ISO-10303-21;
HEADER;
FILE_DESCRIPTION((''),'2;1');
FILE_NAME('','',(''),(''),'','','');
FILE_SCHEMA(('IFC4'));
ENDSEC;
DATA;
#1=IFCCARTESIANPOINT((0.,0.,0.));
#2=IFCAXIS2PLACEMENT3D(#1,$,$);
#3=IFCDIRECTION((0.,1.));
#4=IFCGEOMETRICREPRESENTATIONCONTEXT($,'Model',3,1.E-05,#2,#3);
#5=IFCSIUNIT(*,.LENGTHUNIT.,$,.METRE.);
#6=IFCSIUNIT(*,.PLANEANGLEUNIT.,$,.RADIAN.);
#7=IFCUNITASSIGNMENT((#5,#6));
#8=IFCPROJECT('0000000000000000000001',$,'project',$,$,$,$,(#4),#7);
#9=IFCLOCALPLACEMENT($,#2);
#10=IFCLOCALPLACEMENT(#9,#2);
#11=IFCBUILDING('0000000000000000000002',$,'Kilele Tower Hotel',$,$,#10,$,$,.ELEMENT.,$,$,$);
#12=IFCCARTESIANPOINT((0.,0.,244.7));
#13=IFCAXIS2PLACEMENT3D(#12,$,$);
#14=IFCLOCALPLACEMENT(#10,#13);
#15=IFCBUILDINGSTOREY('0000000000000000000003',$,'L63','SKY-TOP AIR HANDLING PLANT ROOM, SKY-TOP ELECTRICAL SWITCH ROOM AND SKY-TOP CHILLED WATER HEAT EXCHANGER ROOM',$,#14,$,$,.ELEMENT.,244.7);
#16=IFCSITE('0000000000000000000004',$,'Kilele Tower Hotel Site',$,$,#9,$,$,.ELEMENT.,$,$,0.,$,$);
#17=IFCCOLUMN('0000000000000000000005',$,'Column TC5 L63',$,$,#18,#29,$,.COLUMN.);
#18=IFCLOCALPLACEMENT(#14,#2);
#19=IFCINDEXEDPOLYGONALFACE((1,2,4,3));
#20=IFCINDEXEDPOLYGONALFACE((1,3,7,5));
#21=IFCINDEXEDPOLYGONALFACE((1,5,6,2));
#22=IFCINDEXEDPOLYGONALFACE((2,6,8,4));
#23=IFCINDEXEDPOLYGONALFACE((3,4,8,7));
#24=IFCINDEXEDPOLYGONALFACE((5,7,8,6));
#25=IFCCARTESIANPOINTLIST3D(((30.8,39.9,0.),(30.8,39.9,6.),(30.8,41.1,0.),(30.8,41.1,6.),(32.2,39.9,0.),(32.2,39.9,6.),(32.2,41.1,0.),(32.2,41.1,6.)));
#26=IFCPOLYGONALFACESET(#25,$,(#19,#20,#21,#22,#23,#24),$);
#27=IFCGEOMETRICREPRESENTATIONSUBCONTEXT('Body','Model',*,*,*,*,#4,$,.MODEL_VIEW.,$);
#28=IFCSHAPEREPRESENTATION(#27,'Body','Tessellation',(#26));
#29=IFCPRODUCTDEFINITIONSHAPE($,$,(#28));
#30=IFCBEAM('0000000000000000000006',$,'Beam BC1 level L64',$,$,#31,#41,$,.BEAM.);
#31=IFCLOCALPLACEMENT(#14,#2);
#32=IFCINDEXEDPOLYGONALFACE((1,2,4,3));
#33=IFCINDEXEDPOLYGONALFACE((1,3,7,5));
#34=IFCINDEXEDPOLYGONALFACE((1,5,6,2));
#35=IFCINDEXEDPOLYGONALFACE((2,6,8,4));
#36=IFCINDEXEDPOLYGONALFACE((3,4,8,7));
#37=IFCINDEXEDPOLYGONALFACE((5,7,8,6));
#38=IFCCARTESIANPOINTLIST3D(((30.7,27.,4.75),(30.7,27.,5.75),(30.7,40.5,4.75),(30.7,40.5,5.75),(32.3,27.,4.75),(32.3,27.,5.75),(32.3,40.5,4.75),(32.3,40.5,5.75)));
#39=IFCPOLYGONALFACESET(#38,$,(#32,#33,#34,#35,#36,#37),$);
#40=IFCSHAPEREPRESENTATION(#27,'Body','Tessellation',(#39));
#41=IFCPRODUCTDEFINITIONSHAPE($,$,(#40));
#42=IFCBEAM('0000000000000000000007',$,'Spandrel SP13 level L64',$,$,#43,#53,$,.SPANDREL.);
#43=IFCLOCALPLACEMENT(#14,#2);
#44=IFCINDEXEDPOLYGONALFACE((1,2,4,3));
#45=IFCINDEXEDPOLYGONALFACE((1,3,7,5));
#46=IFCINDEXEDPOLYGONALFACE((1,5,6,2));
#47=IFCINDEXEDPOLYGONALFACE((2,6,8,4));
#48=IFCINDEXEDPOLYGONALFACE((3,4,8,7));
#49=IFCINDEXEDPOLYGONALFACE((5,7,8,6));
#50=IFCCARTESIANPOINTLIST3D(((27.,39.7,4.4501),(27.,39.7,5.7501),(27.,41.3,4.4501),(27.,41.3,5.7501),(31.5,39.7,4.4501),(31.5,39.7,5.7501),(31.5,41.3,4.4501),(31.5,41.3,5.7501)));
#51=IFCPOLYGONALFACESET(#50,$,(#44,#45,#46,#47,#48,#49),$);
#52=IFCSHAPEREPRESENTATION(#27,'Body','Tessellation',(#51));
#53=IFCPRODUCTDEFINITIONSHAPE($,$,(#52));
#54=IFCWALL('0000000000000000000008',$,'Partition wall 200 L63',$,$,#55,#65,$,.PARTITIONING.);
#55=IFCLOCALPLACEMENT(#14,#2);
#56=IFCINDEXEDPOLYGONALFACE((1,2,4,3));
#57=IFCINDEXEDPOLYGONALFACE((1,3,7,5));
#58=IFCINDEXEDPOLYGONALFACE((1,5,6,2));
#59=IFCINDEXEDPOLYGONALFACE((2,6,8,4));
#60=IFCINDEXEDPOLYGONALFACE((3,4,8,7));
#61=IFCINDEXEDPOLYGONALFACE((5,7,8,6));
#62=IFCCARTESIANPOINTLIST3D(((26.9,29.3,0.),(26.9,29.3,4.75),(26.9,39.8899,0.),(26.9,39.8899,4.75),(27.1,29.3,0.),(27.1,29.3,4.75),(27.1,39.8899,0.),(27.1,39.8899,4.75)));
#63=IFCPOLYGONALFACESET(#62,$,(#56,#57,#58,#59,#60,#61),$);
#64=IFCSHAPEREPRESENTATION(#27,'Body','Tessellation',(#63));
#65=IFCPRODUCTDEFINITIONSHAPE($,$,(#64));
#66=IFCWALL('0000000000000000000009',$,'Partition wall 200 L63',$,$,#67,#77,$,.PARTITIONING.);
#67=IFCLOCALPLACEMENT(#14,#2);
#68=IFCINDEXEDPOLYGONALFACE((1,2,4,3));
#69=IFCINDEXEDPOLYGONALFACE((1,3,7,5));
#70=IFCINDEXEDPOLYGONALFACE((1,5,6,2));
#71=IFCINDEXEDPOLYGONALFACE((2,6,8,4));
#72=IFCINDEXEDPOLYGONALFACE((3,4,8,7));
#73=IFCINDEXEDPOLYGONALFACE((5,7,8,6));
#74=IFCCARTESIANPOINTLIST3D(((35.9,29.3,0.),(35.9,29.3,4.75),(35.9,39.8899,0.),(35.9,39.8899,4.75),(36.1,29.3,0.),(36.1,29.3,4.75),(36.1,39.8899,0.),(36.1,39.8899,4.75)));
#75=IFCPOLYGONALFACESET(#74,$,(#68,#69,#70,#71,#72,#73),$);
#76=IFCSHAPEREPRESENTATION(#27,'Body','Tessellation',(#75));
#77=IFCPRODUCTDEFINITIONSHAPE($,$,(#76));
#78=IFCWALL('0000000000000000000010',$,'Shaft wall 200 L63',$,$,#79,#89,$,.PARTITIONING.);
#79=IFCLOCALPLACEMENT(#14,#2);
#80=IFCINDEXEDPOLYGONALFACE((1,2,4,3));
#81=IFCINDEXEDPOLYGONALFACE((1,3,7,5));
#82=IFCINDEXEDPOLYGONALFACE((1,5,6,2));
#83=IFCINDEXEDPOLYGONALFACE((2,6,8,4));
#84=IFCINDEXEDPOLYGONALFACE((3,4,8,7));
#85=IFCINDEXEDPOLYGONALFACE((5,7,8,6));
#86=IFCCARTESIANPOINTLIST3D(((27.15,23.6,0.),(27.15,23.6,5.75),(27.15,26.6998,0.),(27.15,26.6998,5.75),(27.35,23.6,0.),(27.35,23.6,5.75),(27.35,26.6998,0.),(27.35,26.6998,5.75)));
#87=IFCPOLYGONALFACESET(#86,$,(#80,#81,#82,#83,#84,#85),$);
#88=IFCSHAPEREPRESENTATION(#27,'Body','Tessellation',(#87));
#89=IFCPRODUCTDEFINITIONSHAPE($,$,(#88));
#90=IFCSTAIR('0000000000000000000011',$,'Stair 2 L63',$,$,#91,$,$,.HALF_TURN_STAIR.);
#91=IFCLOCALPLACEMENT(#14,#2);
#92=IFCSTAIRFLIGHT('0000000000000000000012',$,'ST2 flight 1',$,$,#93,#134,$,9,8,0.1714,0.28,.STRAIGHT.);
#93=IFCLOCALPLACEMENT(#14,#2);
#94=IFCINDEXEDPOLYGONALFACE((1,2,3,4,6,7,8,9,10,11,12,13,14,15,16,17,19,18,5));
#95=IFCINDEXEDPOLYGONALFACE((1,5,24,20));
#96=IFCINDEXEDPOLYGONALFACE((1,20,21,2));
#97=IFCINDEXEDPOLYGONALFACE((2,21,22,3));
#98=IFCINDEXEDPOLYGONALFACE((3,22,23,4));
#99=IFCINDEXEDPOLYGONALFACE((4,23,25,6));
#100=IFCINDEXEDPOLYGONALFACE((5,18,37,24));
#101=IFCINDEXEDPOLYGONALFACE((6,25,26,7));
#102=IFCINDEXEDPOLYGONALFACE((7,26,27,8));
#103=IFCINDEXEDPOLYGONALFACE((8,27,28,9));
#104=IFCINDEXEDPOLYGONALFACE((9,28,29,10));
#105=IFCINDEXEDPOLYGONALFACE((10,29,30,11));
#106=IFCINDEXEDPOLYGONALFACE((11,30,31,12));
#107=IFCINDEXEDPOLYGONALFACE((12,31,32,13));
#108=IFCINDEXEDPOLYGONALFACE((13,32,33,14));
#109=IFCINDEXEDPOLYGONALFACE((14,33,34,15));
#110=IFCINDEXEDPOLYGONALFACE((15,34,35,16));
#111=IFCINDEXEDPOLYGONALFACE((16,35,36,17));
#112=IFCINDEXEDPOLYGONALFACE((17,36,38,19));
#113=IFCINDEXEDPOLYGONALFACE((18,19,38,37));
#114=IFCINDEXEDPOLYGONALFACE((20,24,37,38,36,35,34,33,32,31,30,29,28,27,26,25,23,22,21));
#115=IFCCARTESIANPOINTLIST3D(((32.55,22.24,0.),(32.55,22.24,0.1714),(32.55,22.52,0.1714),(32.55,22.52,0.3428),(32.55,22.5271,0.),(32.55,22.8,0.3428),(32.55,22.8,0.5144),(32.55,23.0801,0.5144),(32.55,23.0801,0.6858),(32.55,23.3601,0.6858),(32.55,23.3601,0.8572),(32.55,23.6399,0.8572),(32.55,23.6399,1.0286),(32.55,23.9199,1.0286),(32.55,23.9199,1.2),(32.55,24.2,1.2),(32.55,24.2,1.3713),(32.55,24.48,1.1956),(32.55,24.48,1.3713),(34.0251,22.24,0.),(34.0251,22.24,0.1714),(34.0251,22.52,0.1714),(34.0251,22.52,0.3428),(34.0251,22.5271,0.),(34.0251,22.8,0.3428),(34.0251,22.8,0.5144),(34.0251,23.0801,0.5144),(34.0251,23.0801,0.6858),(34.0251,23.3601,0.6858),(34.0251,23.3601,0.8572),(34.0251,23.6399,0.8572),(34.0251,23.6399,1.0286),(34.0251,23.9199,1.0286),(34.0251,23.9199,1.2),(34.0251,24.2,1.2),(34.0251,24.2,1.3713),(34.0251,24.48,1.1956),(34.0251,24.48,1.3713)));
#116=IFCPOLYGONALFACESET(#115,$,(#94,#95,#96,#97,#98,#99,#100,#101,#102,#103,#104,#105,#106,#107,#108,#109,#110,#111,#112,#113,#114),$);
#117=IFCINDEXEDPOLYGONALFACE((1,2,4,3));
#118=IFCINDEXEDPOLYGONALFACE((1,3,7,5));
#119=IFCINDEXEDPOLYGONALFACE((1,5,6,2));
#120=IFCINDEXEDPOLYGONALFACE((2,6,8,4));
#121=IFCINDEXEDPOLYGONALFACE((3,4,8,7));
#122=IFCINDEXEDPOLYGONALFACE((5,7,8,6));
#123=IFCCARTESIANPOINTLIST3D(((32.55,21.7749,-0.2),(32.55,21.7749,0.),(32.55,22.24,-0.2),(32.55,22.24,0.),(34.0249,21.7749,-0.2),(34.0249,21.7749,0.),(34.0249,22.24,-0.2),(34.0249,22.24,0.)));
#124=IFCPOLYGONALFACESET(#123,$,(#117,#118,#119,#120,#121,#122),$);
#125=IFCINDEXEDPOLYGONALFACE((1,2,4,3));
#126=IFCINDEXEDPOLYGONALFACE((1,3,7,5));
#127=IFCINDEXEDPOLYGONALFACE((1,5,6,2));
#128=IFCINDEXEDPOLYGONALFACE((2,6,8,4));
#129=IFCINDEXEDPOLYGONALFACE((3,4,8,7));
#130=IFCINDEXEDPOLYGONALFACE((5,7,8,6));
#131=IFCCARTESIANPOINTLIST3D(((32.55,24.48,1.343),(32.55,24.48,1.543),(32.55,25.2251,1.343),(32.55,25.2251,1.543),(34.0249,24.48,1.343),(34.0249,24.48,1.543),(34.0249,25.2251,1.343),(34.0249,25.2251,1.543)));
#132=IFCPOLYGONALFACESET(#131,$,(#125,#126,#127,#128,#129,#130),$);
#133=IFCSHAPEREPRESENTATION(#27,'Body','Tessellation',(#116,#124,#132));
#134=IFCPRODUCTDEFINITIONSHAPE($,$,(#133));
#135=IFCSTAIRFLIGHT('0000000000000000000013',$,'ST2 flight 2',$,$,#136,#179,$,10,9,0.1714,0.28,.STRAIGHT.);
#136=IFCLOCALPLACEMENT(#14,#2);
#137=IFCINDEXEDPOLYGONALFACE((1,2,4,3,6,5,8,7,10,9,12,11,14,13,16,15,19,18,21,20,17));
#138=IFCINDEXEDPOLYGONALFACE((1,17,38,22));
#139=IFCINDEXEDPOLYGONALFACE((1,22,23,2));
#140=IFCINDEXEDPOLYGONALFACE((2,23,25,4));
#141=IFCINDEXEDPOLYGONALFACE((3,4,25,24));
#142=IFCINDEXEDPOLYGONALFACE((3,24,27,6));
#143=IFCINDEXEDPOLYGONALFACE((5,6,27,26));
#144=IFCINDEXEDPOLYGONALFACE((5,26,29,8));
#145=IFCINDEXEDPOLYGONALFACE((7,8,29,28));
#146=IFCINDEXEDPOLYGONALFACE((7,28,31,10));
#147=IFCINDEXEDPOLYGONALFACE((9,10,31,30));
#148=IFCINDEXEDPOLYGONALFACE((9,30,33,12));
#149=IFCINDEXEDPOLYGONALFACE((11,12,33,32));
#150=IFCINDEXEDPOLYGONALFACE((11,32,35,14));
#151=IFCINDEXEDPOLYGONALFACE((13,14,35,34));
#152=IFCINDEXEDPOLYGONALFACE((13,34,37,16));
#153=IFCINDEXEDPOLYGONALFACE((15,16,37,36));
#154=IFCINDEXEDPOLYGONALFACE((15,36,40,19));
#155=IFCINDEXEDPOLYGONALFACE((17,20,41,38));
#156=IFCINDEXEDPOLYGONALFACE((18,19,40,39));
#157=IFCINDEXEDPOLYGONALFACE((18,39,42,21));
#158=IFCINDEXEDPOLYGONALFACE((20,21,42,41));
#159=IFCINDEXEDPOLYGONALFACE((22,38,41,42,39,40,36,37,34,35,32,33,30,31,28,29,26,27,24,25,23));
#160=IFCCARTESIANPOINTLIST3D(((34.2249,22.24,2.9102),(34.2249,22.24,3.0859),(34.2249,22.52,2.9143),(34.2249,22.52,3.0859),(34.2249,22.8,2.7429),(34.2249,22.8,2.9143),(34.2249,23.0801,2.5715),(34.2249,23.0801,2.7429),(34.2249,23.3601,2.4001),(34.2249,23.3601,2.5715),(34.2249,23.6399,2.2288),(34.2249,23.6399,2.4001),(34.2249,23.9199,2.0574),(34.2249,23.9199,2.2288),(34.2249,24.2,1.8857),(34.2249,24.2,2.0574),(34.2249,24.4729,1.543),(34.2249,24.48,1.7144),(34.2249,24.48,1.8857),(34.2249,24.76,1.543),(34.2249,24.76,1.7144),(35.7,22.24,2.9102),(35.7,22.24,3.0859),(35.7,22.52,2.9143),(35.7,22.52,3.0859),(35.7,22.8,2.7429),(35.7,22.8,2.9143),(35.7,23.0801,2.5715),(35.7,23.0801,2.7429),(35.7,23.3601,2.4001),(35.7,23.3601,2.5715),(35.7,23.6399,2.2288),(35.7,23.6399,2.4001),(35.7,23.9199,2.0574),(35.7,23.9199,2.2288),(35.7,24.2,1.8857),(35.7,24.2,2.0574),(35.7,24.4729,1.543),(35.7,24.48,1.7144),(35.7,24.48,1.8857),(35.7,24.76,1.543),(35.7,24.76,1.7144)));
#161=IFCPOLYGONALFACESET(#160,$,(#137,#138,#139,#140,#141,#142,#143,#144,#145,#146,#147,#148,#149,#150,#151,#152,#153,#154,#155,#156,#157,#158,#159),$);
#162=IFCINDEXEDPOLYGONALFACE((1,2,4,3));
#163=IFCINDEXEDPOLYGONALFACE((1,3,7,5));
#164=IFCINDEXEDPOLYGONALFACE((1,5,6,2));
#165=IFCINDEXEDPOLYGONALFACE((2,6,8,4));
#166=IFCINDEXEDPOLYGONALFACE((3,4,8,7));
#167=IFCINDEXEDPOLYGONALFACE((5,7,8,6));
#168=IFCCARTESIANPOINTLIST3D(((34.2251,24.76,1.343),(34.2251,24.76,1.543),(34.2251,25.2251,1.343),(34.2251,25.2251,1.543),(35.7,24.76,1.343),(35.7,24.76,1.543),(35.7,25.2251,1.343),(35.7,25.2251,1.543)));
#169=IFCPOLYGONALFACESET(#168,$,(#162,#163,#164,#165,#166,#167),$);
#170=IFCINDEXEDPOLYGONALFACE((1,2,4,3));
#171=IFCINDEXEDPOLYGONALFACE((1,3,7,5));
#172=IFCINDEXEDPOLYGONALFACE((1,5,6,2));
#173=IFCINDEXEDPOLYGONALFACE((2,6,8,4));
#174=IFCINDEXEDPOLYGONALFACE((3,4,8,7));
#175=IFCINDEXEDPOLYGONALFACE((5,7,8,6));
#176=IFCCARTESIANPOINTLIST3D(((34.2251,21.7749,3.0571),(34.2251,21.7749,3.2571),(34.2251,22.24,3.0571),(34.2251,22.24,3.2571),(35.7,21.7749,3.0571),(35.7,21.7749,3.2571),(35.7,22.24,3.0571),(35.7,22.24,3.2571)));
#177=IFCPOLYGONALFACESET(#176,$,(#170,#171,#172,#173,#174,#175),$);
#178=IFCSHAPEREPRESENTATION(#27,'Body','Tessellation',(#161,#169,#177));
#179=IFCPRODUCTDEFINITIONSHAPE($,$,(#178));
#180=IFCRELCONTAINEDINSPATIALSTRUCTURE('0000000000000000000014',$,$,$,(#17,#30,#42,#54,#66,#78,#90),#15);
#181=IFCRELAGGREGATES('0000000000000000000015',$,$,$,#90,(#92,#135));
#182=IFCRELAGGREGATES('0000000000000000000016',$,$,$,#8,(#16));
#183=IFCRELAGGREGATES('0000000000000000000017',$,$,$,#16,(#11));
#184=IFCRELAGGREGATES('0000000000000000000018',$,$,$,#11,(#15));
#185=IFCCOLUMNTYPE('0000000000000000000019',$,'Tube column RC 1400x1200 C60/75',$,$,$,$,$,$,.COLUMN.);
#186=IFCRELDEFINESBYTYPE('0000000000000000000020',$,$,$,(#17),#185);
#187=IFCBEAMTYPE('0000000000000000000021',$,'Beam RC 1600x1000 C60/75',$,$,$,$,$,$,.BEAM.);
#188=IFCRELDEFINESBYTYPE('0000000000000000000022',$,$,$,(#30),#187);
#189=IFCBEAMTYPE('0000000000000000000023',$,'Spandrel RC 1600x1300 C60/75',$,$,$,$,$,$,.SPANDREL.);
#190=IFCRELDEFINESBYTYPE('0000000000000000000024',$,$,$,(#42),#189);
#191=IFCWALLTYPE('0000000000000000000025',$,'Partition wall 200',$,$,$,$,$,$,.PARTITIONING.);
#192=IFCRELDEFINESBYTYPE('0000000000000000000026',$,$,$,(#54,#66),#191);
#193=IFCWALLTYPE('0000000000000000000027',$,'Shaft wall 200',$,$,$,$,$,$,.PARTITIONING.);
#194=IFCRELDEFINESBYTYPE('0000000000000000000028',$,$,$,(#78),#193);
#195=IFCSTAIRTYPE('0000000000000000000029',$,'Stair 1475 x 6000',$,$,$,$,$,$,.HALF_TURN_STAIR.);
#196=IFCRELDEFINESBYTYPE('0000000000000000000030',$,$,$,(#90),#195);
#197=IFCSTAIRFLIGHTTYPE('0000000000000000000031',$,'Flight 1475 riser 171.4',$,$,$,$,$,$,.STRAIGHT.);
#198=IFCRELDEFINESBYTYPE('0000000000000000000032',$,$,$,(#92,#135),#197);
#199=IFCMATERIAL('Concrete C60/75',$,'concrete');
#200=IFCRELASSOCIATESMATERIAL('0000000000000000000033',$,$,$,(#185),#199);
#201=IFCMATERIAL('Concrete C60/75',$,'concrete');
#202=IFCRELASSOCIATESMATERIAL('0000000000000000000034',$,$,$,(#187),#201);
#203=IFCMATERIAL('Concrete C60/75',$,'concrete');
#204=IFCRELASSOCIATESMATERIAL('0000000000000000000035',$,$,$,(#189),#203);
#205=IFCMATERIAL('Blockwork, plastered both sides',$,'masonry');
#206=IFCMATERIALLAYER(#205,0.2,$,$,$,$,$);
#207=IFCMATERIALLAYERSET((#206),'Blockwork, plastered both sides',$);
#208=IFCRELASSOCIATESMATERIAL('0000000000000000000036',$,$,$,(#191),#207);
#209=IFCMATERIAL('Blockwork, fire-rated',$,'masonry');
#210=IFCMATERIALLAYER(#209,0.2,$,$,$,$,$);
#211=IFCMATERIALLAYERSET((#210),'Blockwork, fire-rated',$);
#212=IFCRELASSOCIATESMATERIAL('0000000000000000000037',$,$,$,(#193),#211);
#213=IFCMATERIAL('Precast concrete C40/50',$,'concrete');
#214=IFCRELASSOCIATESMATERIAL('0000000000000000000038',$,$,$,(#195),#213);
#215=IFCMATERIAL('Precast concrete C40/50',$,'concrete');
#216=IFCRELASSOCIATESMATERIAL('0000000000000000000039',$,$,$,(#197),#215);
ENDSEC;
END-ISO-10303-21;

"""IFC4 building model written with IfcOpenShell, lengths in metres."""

from ifc_helpers import new_model, si_unit, direction, frame, frame_2d, origin, origin_2d, place, context, subcontext, project, spatial, polyline, rectangle, outline, extrude, material, layer, layer_set, material_profile, profile_set, type_object, element, aggregate, save


model = new_model("IFC4")

# Units and contexts
model_context = context("Model", 3, precision=1e-05, world=origin(), true_north=direction((0.0, 1.0)))
body_context = subcontext(model_context, "Body", "Model", "MODEL_VIEW")
ifc_project = project(units=[si_unit("LENGTHUNIT", "METRE"), si_unit("PLANEANGLEUNIT", "RADIAN")], contexts=[model_context])

# Site, building, storey
site_placement = place(None, origin())
site = spatial("IfcSite", under=ifc_project, at=site_placement, Name="Kilele Tower Hotel Site", CompositionType="ELEMENT", RefElevation=0.0)
building_placement = place(site_placement, origin())
building = spatial("IfcBuilding", under=site, at=building_placement, Name="Kilele Tower Hotel", CompositionType="ELEMENT")
storey_placement = place(building_placement, frame((0.0, 0.0, 244.7)))
storey = spatial("IfcBuildingStorey", under=building, at=storey_placement, Name="L63", Description="SKY-TOP AIR HANDLING PLANT ROOM, SKY-TOP ELECTRICAL SWITCH ROOM AND SKY-TOP CHILLED WATER HEAT EXCHANGER ROOM", CompositionType="ELEMENT", Elevation=244.7)

# Column
ifc_material_1 = material(Name="Concrete C60/75", Category="concrete")
ifc_material_profile_1 = material_profile(ifc_material_1, rectangle(XDim=1.3999, YDim=1.2, at=origin_2d()))
ifc_profile_set_1 = profile_set([ifc_material_profile_1], Name="Concrete C60/75")
column_type = type_object("IfcColumnType", Name="Tube column RC 1400x1200 C60/75", PredefinedType="COLUMN", material=ifc_profile_set_1)
column_placement = place(storey_placement, frame((31.5, 40.5, 0.0), z_axis=(0.0, 0.0, 1.0), x_axis=(1.0, 0.0, 0.0)))
element("IfcColumn", 1, at=column_placement, inside=storey, type_object=column_type, Name="Column TC5 L63", PredefinedType="COLUMN", context=body_context, shape_type="SweptSolid", body=[
    extrude(rectangle(XDim=1.3999, YDim=1.2, at=origin_2d()), origin(), (0.0, 0.0, 1.0), 6.0),
])

# Beams
ifc_material_2 = material(Name="Concrete C60/75", Category="concrete")
ifc_material_profile_2 = material_profile(ifc_material_2, rectangle(XDim=1.6001, YDim=1.0, at=origin_2d()))
ifc_profile_set_2 = profile_set([ifc_material_profile_2], Name="Concrete C60/75")
beam_type_1 = type_object("IfcBeamType", Name="Beam RC 1600x1000 C60/75", PredefinedType="BEAM", material=ifc_profile_set_2)
beam_1_placement = place(storey_placement, frame((31.5, 40.5, 5.25), z_axis=(0.0, -1.0, 0.0), x_axis=(1.0, 0.0, 0.0)))
element("IfcBeam", 2, at=beam_1_placement, inside=storey, type_object=beam_type_1, Name="Beam BC1 level L64", PredefinedType="BEAM", context=body_context, shape_type="SweptSolid", body=[
    extrude(rectangle(XDim=1.6001, YDim=1.0, at=origin_2d()), origin(), (0.0, 0.0, 1.0), 13.5),
])
ifc_material_3 = material(Name="Concrete C60/75", Category="concrete")
ifc_material_profile_3 = material_profile(ifc_material_3, rectangle(XDim=1.6001, YDim=1.3, at=origin_2d()))
ifc_profile_set_3 = profile_set([ifc_material_profile_3], Name="Concrete C60/75")
beam_type_2 = type_object("IfcBeamType", Name="Spandrel RC 1600x1300 C60/75", PredefinedType="SPANDREL", material=ifc_profile_set_3)
beam_2_placement = place(storey_placement, frame((31.5, 40.5, 5.1001), z_axis=(-1.0, 0.0, 0.0), x_axis=(0.0, -1.0, 0.0)))
element("IfcBeam", 3, at=beam_2_placement, inside=storey, type_object=beam_type_2, Name="Spandrel SP13 level L64", PredefinedType="SPANDREL", context=body_context, shape_type="SweptSolid", body=[
    extrude(rectangle(XDim=1.6001, YDim=1.3, at=origin_2d()), origin(), (0.0, 0.0, 1.0), 4.5),
])

# Walls
ifc_material_4 = material(Name="Blockwork, plastered both sides", Category="masonry")
ifc_layer_1 = layer(ifc_material_4, 0.2)
ifc_layer_set_1 = layer_set([ifc_layer_1], Name="Blockwork, plastered both sides")
wall_type_1 = type_object("IfcWallType", Name="Partition wall 200", PredefinedType="PARTITIONING", material=ifc_layer_set_1)
for number, where, z_axis, x_axis, name in (
    (4, (27.0, 29.3, 0.0), (0.0, 0.0, 1.0), (0.0, 1.0, 0.0), "Partition wall 200 L63"),
    (5, (36.0, 29.3, 0.0), (0.0, 0.0, 1.0), (0.0, 1.0, 0.0), "Partition wall 200 L63"),
):
    element("IfcWall", number, at=place(storey_placement, frame(where, z_axis=z_axis, x_axis=x_axis)), inside=storey, type_object=wall_type_1, Name=name, PredefinedType="PARTITIONING", context=body_context, shape_type="SweptSolid", body=[
        extrude(rectangle(XDim=10.5898, YDim=0.2, at=frame_2d((5.2949, 0.0))), origin(), (0.0, 0.0, 1.0), 4.75),
    ])
ifc_material_5 = material(Name="Blockwork, fire-rated", Category="masonry")
ifc_layer_2 = layer(ifc_material_5, 0.2)
ifc_layer_set_2 = layer_set([ifc_layer_2], Name="Blockwork, fire-rated")
wall_type_2 = type_object("IfcWallType", Name="Shaft wall 200", PredefinedType="PARTITIONING", material=ifc_layer_set_2)
wall_placement = place(storey_placement, frame((27.25, 23.6001, 0.0), z_axis=(0.0, 0.0, 1.0), x_axis=(0.0, 1.0, 0.0)))
element("IfcWall", 6, at=wall_placement, inside=storey, type_object=wall_type_2, Name="Shaft wall 200 L63", PredefinedType="PARTITIONING", context=body_context, shape_type="SweptSolid", body=[
    extrude(rectangle(XDim=3.0999, YDim=0.2, at=frame_2d((1.5498, 0.0))), origin(), (0.0, 0.0, 1.0), 5.75),
])

# Stair, stair flights
ifc_material_6 = material(Name="Precast concrete C40/50", Category="concrete")
stair_type = type_object("IfcStairType", Name="Stair 1475 x 6000", PredefinedType="HALF_TURN_STAIR", material=ifc_material_6)
stair_placement = place(storey_placement, origin())
stair = element("IfcStair", 7, at=stair_placement, inside=storey, type_object=stair_type, Name="Stair 2 L63", PredefinedType="HALF_TURN_STAIR")
ifc_material_7 = material(Name="Precast concrete C40/50", Category="concrete")
stair_flight_type = type_object("IfcStairFlightType", Name="Flight 1475 riser 171.4", PredefinedType="STRAIGHT", material=ifc_material_7)
stair_flight_1_placement = place(storey_placement, frame((33.2876, 22.24, 0.0), z_axis=(0.0, 0.0, 1.0), x_axis=(0.0, 1.0, 0.0)))
stair_flight_1 = element("IfcStairFlight", 8, at=stair_flight_1_placement, type_object=stair_flight_type, Name="ST2 flight 1", NumberOfRisers=9, NumberOfTreads=8, PredefinedType="STRAIGHT", RiserHeight=0.1714, TreadLength=0.28, context=body_context, shape_type="SweptSolid", body=[
    extrude(outline(polyline([(0.0, 0.0), (0.0, 0.1714), (0.28, 0.1714), (0.28, 0.3428), (0.5601, 0.3428), (0.5601, 0.5144), (0.8401, 0.5144), (0.8401, 0.6858), (1.1201, 0.6858), (1.1201, 0.8572), (1.3999, 0.8572), (1.3999, 1.0286), (1.6799, 1.0286), (1.6799, 1.2), (1.96, 1.2), (1.96, 1.3713), (2.24, 1.3713), (2.24, 1.543), (2.24, 1.1956), (0.2871, 0.0), (0.0, 0.0)])), frame((0.0, 0.7375, 0.0), z_axis=(0.0, -1.0, 0.0), x_axis=(1.0, 0.0, 0.0)), (0.0, 0.0, 1.0), 1.4751),
    extrude(outline(polyline([(-0.4651, 0.7375), (-0.4651, -0.7373), (0.0, -0.7373), (0.0, 0.7375), (-0.4651, 0.7375)])), frame((0.0, 0.0, -0.2)), (0.0, 0.0, 1.0), 0.2),
    extrude(outline(polyline([(2.24, 0.7375), (2.24, -0.7373), (2.9851, -0.7373), (2.9851, 0.7375), (2.24, 0.7375)])), frame((0.0, 0.0, 1.343)), (0.0, 0.0, 1.0), 0.2),
])
stair_flight_2_placement = place(storey_placement, frame((34.9624, 24.76, 1.543), z_axis=(0.0, 0.0, 1.0), x_axis=(0.0, -1.0, 0.0)))
stair_flight_2 = element("IfcStairFlight", 9, at=stair_flight_2_placement, type_object=stair_flight_type, Name="ST2 flight 2", NumberOfRisers=10, NumberOfTreads=9, PredefinedType="STRAIGHT", RiserHeight=0.1714, TreadLength=0.28, context=body_context, shape_type="SweptSolid", body=[
    extrude(outline(polyline([(0.0, 0.0), (0.0, 0.1714), (0.28, 0.1714), (0.28, 0.3428), (0.5601, 0.3428), (0.5601, 0.5144), (0.8401, 0.5144), (0.8401, 0.6858), (1.1201, 0.6858), (1.1201, 0.8572), (1.3999, 0.8572), (1.3999, 1.0286), (1.6799, 1.0286), (1.6799, 1.2), (1.96, 1.2), (1.96, 1.3713), (2.24, 1.3713), (2.24, 1.543), (2.52, 1.543), (2.52, 1.7144), (2.52, 1.3672), (0.2871, 0.0), (0.0, 0.0)])), frame((0.0, 0.7375, 0.0), z_axis=(0.0, -1.0, 0.0), x_axis=(1.0, 0.0, 0.0)), (0.0, 0.0, 1.0), 1.4751),
    extrude(outline(polyline([(0.0, -0.7373), (0.0, 0.7375), (-0.4651, 0.7375), (-0.4651, -0.7373), (0.0, -0.7373)])), frame((0.0, 0.0, -0.2)), (0.0, 0.0, 1.0), 0.2),
    extrude(outline(polyline([(2.9851, -0.7373), (2.9851, 0.7375), (2.52, 0.7375), (2.52, -0.7373), (2.9851, -0.7373)])), frame((0.0, 0.0, 1.5142)), (0.0, 0.0, 1.0), 0.2),
])
aggregate(stair, [stair_flight_1, stair_flight_2])

save(model, "model.ifc")
